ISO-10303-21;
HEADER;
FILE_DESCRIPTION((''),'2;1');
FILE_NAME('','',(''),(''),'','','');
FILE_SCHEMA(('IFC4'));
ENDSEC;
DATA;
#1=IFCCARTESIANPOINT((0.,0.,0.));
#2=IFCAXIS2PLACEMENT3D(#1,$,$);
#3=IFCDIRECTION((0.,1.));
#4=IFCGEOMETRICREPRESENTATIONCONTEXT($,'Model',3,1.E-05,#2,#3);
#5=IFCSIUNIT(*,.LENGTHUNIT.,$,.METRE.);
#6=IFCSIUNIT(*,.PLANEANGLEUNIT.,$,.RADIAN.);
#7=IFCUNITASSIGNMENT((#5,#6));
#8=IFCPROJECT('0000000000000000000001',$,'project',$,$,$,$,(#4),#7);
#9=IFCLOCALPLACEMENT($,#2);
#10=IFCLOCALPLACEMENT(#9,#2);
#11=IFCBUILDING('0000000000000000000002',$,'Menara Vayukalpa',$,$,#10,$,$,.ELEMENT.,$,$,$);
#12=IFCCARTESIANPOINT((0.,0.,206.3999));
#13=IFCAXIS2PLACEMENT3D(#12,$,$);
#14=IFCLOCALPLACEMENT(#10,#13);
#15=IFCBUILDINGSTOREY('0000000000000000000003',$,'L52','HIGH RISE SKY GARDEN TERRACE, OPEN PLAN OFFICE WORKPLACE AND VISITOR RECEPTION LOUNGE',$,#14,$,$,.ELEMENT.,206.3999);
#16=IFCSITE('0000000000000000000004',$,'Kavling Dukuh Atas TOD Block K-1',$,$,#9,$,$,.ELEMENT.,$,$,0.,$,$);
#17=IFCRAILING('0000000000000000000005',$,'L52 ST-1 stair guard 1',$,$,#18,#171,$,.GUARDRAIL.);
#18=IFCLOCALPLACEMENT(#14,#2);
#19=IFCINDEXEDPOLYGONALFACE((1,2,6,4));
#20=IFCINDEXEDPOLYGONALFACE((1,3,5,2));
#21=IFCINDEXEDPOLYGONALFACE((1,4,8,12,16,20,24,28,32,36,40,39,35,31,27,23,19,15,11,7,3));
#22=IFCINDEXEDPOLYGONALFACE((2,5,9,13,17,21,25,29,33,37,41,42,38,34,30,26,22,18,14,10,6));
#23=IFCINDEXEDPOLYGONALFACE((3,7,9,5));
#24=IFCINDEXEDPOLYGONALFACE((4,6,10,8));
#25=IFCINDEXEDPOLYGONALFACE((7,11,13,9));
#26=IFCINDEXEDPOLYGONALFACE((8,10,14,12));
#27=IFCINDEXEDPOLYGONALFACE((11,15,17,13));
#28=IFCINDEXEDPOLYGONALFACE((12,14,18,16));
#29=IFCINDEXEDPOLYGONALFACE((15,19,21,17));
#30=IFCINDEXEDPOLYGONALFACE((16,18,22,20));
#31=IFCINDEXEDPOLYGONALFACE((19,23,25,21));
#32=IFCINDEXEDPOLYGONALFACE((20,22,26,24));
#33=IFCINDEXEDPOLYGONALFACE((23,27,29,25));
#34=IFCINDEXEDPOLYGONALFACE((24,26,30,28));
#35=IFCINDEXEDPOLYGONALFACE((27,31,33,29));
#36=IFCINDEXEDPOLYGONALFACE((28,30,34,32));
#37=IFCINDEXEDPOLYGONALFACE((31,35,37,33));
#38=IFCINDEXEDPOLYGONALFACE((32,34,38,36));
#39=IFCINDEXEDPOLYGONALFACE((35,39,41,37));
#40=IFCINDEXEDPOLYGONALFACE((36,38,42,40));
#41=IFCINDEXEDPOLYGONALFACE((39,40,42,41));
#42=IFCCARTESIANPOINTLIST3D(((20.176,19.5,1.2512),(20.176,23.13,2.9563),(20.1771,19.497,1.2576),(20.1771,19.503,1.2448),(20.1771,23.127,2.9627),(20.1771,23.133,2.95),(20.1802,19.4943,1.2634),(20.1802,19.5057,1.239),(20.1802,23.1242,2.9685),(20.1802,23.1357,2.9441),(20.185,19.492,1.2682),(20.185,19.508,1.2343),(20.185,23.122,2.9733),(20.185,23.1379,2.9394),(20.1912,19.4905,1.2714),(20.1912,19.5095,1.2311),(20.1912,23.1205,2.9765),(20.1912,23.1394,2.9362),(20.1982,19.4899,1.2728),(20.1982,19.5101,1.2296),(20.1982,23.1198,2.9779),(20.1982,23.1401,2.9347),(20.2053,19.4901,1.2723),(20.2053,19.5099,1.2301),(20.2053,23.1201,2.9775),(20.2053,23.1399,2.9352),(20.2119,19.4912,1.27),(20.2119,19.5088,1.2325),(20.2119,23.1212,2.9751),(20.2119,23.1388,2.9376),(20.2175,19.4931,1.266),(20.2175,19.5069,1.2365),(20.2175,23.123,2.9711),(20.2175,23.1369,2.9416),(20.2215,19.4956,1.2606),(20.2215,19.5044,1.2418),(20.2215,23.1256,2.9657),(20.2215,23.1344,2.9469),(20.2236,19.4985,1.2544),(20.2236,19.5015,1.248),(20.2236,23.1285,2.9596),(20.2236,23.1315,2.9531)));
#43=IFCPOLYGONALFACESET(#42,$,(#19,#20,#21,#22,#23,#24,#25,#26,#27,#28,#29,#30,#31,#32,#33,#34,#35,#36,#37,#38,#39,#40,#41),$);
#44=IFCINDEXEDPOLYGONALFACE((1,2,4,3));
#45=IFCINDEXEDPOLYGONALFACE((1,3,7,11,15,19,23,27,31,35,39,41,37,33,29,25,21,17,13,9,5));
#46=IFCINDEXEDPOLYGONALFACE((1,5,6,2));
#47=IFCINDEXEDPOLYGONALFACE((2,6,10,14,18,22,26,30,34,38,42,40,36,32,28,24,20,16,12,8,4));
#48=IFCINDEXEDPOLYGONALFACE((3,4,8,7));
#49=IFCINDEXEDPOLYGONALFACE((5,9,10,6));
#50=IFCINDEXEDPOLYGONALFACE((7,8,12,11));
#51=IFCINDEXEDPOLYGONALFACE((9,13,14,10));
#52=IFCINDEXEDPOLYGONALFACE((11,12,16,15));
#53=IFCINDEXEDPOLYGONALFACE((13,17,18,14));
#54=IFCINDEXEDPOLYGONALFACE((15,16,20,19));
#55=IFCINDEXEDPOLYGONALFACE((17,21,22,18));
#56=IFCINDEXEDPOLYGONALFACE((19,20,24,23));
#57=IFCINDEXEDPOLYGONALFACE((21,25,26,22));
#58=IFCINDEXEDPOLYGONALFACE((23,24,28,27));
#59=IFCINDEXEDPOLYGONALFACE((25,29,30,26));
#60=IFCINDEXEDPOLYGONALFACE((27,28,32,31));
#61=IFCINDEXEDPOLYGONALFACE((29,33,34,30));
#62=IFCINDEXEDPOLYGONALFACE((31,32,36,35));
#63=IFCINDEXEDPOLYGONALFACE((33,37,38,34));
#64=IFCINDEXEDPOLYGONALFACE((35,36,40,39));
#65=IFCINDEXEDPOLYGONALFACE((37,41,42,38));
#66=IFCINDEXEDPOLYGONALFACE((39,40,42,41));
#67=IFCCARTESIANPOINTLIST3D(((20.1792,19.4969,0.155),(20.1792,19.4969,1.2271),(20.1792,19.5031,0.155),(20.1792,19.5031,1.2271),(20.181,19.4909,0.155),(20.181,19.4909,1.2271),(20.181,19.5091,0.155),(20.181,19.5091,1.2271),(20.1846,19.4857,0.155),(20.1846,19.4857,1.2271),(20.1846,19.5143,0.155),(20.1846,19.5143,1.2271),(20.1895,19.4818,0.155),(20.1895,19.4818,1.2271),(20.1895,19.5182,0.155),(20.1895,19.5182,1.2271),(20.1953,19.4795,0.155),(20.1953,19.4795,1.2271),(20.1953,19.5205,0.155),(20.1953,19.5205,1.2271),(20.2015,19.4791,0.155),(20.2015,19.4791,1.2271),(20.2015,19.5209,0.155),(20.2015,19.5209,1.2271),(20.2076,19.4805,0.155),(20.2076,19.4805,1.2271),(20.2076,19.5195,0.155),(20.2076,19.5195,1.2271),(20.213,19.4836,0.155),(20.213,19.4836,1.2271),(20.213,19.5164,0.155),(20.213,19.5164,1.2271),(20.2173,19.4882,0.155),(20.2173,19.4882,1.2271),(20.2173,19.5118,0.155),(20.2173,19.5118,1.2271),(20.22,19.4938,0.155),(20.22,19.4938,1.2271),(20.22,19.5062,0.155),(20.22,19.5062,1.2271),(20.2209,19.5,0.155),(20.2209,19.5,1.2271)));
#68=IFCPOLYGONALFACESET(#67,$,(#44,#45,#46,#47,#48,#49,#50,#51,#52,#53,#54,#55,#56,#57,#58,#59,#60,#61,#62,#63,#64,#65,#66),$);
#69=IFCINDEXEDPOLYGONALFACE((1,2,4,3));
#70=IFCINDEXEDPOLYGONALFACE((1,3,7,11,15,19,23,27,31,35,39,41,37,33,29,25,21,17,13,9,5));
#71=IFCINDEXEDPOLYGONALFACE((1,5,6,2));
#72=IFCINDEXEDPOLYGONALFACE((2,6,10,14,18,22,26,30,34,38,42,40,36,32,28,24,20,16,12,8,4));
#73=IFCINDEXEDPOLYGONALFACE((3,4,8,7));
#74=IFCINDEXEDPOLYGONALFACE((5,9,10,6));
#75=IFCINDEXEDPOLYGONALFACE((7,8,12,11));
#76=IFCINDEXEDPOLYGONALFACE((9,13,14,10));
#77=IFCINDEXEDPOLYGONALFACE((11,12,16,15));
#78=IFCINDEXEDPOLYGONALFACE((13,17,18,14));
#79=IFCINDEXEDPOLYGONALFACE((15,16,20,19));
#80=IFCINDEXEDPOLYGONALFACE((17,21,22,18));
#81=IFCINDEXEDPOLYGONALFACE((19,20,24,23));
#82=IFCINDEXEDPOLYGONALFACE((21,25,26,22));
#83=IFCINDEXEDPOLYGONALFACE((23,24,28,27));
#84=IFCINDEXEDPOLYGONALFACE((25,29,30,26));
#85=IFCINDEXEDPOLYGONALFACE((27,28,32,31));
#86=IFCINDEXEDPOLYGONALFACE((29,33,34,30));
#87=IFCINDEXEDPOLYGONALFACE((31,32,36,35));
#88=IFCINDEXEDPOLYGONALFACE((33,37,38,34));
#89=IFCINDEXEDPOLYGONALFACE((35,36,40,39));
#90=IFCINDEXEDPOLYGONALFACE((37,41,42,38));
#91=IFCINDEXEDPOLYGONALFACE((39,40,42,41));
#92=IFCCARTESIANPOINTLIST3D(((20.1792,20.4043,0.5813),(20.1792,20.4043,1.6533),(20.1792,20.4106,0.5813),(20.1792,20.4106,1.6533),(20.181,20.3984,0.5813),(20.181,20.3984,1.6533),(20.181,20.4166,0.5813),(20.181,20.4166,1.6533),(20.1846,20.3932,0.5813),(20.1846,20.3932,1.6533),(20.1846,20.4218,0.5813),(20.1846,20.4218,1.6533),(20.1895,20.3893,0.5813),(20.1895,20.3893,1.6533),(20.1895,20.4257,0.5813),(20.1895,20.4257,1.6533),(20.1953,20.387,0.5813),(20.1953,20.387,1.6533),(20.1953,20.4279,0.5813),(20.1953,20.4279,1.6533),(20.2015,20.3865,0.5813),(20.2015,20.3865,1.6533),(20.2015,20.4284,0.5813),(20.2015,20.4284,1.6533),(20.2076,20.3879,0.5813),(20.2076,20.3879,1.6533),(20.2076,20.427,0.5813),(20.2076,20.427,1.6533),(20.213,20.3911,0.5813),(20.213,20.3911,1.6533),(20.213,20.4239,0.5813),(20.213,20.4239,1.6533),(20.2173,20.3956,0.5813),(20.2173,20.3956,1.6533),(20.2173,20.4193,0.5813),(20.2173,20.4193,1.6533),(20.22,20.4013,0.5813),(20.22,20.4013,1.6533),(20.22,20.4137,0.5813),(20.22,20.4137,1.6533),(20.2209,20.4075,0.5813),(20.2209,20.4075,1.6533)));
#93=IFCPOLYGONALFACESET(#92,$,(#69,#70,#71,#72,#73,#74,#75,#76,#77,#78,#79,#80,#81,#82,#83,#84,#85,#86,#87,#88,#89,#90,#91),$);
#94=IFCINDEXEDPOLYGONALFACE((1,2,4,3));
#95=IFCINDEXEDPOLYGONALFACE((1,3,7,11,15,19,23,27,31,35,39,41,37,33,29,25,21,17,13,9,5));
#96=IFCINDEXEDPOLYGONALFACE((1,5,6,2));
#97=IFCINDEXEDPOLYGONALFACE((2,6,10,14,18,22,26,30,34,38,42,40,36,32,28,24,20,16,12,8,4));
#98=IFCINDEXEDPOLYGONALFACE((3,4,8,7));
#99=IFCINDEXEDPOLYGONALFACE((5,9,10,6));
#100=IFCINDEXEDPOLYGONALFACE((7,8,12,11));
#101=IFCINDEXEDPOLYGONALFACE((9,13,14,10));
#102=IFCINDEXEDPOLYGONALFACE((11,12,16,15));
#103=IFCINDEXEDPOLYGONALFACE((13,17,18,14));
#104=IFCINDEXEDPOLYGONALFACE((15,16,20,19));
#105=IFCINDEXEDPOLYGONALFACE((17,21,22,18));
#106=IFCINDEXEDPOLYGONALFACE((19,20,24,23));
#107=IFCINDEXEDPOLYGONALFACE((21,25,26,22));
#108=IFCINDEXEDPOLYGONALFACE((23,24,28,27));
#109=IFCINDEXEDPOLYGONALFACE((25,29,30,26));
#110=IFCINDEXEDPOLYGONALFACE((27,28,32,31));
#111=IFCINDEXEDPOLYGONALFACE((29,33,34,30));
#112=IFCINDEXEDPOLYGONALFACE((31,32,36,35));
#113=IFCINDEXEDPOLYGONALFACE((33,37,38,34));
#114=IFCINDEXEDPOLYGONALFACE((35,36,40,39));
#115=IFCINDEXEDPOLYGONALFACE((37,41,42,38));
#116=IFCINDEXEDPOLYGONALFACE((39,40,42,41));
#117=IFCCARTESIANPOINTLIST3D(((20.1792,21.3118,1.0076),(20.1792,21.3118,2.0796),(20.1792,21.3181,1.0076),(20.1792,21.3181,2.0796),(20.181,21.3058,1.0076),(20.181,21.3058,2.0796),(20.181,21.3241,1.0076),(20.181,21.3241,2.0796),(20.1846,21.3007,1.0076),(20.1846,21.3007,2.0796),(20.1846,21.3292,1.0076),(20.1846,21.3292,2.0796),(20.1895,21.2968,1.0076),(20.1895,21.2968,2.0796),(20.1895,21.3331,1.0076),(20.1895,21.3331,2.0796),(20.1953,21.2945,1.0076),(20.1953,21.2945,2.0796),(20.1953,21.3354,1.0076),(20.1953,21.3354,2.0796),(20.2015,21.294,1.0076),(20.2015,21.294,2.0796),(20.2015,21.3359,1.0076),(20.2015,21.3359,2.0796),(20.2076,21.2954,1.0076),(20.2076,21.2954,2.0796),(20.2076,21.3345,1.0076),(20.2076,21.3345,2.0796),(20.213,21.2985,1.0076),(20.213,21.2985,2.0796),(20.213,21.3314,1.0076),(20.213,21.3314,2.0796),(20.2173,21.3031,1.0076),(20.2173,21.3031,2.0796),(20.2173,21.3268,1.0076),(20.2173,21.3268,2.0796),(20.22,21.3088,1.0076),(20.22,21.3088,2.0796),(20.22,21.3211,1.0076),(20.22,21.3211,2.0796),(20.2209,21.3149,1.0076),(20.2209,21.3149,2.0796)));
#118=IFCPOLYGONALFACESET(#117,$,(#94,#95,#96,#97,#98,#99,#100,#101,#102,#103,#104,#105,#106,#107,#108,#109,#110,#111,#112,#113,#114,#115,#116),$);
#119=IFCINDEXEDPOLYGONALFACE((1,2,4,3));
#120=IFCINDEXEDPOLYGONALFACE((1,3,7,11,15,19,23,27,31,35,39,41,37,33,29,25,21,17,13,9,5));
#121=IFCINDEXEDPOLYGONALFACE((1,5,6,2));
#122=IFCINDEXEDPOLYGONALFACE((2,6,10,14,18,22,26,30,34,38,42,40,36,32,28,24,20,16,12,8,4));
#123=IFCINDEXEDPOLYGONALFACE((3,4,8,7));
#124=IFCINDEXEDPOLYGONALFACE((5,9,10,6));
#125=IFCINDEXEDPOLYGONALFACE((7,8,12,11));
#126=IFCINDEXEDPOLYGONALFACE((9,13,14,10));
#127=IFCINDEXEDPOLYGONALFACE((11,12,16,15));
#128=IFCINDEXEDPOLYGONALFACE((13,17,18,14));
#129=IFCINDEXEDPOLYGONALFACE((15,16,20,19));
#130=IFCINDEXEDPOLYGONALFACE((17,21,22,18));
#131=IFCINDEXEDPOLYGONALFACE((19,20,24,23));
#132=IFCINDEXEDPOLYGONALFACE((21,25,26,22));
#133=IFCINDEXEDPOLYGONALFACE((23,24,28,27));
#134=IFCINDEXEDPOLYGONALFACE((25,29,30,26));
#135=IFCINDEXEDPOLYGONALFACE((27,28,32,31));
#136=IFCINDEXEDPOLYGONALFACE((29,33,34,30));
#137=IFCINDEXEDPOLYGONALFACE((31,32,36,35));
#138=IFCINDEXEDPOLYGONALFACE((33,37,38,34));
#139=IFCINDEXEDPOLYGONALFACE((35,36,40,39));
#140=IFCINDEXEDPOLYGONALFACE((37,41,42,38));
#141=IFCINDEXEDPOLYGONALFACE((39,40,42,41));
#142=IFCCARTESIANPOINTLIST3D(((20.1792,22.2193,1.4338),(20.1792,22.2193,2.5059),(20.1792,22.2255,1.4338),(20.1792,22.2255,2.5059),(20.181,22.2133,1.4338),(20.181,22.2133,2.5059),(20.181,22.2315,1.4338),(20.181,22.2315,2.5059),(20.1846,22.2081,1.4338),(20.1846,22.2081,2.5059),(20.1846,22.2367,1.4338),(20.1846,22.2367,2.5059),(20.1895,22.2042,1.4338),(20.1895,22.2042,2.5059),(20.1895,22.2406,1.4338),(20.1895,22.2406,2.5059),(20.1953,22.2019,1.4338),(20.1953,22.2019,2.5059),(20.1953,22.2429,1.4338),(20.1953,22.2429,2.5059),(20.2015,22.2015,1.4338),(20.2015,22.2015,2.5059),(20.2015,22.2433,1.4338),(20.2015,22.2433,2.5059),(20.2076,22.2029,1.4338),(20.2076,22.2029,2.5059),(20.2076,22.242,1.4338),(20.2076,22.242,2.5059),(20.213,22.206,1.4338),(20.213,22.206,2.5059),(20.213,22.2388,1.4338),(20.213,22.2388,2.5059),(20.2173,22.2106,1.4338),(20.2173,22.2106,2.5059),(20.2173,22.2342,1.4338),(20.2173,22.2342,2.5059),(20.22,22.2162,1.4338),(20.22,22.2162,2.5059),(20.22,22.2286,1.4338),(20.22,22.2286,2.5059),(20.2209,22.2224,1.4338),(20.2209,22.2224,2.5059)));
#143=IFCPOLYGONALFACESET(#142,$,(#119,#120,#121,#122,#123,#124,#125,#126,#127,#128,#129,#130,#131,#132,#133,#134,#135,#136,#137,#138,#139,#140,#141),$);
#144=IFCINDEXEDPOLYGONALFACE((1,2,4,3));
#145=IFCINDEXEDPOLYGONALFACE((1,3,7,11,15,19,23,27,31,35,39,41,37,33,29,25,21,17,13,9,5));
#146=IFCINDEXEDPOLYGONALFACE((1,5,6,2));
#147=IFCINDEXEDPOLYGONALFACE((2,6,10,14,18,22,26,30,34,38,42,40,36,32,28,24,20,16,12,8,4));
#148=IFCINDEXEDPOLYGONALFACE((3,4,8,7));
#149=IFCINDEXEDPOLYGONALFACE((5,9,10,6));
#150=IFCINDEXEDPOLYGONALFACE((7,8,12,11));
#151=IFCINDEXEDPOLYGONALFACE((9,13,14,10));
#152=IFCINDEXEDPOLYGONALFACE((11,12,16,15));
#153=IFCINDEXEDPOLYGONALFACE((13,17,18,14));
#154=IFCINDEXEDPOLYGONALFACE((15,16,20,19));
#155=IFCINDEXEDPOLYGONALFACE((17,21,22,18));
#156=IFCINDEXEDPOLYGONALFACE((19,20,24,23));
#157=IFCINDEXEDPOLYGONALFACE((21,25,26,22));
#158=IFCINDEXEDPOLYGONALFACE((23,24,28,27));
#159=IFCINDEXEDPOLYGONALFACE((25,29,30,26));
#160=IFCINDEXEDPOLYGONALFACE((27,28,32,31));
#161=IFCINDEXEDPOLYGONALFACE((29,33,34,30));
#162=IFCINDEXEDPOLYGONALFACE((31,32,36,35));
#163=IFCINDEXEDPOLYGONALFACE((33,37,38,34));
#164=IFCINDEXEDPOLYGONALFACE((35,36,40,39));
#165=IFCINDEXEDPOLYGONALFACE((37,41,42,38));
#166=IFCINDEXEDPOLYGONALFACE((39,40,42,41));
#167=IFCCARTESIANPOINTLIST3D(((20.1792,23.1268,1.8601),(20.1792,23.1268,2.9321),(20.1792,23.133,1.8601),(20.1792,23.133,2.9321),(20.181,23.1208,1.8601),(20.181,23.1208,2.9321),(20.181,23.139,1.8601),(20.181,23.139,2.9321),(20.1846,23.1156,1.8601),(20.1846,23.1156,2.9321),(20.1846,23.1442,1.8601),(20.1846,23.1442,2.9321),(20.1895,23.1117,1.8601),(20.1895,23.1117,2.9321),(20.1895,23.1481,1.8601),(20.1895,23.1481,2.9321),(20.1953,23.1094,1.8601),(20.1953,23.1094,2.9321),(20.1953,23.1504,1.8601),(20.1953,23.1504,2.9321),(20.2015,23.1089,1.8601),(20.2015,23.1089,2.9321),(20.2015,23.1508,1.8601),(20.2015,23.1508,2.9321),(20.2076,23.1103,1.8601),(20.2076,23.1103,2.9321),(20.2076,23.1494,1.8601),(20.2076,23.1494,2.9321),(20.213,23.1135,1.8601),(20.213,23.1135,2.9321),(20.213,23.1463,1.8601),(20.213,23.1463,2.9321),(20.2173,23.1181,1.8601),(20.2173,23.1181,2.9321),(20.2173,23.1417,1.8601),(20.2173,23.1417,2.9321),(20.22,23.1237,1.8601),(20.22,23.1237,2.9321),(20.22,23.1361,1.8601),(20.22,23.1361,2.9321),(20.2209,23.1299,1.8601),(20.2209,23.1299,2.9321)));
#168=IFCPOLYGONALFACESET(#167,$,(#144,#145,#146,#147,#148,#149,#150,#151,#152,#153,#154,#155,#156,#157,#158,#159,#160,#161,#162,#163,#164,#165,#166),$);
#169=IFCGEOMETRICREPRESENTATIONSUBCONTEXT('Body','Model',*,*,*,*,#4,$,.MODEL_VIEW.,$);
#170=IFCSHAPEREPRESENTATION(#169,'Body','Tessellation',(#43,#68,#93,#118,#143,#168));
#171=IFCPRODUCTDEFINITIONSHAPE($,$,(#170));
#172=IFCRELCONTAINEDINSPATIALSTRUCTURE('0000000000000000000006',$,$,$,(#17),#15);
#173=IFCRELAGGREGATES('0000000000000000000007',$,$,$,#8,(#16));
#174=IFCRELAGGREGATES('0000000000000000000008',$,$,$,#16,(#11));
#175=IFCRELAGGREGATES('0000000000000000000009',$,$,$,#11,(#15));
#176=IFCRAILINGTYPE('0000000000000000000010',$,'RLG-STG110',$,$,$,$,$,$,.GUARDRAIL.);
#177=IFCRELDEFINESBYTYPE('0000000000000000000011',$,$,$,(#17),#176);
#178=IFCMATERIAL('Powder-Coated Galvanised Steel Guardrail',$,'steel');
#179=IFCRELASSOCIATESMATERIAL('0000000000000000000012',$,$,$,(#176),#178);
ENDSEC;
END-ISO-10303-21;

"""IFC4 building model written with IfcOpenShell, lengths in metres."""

from ifc_helpers import new_model, si_unit, direction, frame, origin, origin_2d, place, context, subcontext, project, spatial, circle, extrude, material, type_object, element, save


model = new_model("IFC4")

# Units and contexts
model_context = context("Model", 3, precision=1e-05, world=origin(), true_north=direction((0.0, 1.0)))
body_context = subcontext(model_context, "Body", "Model", "MODEL_VIEW")
ifc_project = project(units=[si_unit("LENGTHUNIT", "METRE"), si_unit("PLANEANGLEUNIT", "RADIAN")], contexts=[model_context])

# Site, building, storey
site_placement = place(None, origin())
site = spatial("IfcSite", under=ifc_project, at=site_placement, Name="Kavling Dukuh Atas TOD Block K-1", CompositionType="ELEMENT", RefElevation=0.0)
building_placement = place(site_placement, origin())
building = spatial("IfcBuilding", under=site, at=building_placement, Name="Menara Vayukalpa", CompositionType="ELEMENT")
storey_placement = place(building_placement, frame((0.0, 0.0, 206.3999)))
storey = spatial("IfcBuildingStorey", under=building, at=storey_placement, Name="L52", Description="HIGH RISE SKY GARDEN TERRACE, OPEN PLAN OFFICE WORKPLACE AND VISITOR RECEPTION LOUNGE", CompositionType="ELEMENT", Elevation=206.3999)

# Railing
ifc_material_1 = material(Name="Powder-Coated Galvanised Steel Guardrail", Category="steel")
railing_type_1 = type_object("IfcRailingType", Name="RLG-STG110", PredefinedType="GUARDRAIL", material=ifc_material_1)
railing_1_placement = place(storey_placement, frame((20.2, 19.5, 0.155)))
element("IfcRailing", 1, at=railing_1_placement, inside=storey, type_object=railing_type_1, Name="L52 ST-1 stair guard 1", PredefinedType="GUARDRAIL", context=body_context, shape_type="SweptSolid", body=[
    extrude(circle(Radius=0.0239, at=origin_2d()), frame((0.0, 0.0, 1.0962), z_axis=(0.0, 0.905116, 0.425164), x_axis=(-1.0, 0.0, 0.0)), (0.0, 0.0, 1.0), 4.0105),
    extrude(circle(Radius=0.021, at=origin_2d()), origin(), (0.0, 0.0, 1.0), 1.072),
    extrude(circle(Radius=0.021, at=origin_2d()), frame((0.0, 0.9075, 0.4263)), (0.0, 0.0, 1.0), 1.072),
    extrude(circle(Radius=0.021, at=origin_2d()), frame((0.0, 1.8149, 0.8525)), (0.0, 0.0, 1.0), 1.072),
    extrude(circle(Radius=0.021, at=origin_2d()), frame((0.0, 2.7224, 1.2788)), (0.0, 0.0, 1.0), 1.072),
    extrude(circle(Radius=0.021, at=origin_2d()), frame((0.0, 3.6299, 1.7051)), (0.0, 0.0, 1.0), 1.072),
])

save(model, "model.ifc")
